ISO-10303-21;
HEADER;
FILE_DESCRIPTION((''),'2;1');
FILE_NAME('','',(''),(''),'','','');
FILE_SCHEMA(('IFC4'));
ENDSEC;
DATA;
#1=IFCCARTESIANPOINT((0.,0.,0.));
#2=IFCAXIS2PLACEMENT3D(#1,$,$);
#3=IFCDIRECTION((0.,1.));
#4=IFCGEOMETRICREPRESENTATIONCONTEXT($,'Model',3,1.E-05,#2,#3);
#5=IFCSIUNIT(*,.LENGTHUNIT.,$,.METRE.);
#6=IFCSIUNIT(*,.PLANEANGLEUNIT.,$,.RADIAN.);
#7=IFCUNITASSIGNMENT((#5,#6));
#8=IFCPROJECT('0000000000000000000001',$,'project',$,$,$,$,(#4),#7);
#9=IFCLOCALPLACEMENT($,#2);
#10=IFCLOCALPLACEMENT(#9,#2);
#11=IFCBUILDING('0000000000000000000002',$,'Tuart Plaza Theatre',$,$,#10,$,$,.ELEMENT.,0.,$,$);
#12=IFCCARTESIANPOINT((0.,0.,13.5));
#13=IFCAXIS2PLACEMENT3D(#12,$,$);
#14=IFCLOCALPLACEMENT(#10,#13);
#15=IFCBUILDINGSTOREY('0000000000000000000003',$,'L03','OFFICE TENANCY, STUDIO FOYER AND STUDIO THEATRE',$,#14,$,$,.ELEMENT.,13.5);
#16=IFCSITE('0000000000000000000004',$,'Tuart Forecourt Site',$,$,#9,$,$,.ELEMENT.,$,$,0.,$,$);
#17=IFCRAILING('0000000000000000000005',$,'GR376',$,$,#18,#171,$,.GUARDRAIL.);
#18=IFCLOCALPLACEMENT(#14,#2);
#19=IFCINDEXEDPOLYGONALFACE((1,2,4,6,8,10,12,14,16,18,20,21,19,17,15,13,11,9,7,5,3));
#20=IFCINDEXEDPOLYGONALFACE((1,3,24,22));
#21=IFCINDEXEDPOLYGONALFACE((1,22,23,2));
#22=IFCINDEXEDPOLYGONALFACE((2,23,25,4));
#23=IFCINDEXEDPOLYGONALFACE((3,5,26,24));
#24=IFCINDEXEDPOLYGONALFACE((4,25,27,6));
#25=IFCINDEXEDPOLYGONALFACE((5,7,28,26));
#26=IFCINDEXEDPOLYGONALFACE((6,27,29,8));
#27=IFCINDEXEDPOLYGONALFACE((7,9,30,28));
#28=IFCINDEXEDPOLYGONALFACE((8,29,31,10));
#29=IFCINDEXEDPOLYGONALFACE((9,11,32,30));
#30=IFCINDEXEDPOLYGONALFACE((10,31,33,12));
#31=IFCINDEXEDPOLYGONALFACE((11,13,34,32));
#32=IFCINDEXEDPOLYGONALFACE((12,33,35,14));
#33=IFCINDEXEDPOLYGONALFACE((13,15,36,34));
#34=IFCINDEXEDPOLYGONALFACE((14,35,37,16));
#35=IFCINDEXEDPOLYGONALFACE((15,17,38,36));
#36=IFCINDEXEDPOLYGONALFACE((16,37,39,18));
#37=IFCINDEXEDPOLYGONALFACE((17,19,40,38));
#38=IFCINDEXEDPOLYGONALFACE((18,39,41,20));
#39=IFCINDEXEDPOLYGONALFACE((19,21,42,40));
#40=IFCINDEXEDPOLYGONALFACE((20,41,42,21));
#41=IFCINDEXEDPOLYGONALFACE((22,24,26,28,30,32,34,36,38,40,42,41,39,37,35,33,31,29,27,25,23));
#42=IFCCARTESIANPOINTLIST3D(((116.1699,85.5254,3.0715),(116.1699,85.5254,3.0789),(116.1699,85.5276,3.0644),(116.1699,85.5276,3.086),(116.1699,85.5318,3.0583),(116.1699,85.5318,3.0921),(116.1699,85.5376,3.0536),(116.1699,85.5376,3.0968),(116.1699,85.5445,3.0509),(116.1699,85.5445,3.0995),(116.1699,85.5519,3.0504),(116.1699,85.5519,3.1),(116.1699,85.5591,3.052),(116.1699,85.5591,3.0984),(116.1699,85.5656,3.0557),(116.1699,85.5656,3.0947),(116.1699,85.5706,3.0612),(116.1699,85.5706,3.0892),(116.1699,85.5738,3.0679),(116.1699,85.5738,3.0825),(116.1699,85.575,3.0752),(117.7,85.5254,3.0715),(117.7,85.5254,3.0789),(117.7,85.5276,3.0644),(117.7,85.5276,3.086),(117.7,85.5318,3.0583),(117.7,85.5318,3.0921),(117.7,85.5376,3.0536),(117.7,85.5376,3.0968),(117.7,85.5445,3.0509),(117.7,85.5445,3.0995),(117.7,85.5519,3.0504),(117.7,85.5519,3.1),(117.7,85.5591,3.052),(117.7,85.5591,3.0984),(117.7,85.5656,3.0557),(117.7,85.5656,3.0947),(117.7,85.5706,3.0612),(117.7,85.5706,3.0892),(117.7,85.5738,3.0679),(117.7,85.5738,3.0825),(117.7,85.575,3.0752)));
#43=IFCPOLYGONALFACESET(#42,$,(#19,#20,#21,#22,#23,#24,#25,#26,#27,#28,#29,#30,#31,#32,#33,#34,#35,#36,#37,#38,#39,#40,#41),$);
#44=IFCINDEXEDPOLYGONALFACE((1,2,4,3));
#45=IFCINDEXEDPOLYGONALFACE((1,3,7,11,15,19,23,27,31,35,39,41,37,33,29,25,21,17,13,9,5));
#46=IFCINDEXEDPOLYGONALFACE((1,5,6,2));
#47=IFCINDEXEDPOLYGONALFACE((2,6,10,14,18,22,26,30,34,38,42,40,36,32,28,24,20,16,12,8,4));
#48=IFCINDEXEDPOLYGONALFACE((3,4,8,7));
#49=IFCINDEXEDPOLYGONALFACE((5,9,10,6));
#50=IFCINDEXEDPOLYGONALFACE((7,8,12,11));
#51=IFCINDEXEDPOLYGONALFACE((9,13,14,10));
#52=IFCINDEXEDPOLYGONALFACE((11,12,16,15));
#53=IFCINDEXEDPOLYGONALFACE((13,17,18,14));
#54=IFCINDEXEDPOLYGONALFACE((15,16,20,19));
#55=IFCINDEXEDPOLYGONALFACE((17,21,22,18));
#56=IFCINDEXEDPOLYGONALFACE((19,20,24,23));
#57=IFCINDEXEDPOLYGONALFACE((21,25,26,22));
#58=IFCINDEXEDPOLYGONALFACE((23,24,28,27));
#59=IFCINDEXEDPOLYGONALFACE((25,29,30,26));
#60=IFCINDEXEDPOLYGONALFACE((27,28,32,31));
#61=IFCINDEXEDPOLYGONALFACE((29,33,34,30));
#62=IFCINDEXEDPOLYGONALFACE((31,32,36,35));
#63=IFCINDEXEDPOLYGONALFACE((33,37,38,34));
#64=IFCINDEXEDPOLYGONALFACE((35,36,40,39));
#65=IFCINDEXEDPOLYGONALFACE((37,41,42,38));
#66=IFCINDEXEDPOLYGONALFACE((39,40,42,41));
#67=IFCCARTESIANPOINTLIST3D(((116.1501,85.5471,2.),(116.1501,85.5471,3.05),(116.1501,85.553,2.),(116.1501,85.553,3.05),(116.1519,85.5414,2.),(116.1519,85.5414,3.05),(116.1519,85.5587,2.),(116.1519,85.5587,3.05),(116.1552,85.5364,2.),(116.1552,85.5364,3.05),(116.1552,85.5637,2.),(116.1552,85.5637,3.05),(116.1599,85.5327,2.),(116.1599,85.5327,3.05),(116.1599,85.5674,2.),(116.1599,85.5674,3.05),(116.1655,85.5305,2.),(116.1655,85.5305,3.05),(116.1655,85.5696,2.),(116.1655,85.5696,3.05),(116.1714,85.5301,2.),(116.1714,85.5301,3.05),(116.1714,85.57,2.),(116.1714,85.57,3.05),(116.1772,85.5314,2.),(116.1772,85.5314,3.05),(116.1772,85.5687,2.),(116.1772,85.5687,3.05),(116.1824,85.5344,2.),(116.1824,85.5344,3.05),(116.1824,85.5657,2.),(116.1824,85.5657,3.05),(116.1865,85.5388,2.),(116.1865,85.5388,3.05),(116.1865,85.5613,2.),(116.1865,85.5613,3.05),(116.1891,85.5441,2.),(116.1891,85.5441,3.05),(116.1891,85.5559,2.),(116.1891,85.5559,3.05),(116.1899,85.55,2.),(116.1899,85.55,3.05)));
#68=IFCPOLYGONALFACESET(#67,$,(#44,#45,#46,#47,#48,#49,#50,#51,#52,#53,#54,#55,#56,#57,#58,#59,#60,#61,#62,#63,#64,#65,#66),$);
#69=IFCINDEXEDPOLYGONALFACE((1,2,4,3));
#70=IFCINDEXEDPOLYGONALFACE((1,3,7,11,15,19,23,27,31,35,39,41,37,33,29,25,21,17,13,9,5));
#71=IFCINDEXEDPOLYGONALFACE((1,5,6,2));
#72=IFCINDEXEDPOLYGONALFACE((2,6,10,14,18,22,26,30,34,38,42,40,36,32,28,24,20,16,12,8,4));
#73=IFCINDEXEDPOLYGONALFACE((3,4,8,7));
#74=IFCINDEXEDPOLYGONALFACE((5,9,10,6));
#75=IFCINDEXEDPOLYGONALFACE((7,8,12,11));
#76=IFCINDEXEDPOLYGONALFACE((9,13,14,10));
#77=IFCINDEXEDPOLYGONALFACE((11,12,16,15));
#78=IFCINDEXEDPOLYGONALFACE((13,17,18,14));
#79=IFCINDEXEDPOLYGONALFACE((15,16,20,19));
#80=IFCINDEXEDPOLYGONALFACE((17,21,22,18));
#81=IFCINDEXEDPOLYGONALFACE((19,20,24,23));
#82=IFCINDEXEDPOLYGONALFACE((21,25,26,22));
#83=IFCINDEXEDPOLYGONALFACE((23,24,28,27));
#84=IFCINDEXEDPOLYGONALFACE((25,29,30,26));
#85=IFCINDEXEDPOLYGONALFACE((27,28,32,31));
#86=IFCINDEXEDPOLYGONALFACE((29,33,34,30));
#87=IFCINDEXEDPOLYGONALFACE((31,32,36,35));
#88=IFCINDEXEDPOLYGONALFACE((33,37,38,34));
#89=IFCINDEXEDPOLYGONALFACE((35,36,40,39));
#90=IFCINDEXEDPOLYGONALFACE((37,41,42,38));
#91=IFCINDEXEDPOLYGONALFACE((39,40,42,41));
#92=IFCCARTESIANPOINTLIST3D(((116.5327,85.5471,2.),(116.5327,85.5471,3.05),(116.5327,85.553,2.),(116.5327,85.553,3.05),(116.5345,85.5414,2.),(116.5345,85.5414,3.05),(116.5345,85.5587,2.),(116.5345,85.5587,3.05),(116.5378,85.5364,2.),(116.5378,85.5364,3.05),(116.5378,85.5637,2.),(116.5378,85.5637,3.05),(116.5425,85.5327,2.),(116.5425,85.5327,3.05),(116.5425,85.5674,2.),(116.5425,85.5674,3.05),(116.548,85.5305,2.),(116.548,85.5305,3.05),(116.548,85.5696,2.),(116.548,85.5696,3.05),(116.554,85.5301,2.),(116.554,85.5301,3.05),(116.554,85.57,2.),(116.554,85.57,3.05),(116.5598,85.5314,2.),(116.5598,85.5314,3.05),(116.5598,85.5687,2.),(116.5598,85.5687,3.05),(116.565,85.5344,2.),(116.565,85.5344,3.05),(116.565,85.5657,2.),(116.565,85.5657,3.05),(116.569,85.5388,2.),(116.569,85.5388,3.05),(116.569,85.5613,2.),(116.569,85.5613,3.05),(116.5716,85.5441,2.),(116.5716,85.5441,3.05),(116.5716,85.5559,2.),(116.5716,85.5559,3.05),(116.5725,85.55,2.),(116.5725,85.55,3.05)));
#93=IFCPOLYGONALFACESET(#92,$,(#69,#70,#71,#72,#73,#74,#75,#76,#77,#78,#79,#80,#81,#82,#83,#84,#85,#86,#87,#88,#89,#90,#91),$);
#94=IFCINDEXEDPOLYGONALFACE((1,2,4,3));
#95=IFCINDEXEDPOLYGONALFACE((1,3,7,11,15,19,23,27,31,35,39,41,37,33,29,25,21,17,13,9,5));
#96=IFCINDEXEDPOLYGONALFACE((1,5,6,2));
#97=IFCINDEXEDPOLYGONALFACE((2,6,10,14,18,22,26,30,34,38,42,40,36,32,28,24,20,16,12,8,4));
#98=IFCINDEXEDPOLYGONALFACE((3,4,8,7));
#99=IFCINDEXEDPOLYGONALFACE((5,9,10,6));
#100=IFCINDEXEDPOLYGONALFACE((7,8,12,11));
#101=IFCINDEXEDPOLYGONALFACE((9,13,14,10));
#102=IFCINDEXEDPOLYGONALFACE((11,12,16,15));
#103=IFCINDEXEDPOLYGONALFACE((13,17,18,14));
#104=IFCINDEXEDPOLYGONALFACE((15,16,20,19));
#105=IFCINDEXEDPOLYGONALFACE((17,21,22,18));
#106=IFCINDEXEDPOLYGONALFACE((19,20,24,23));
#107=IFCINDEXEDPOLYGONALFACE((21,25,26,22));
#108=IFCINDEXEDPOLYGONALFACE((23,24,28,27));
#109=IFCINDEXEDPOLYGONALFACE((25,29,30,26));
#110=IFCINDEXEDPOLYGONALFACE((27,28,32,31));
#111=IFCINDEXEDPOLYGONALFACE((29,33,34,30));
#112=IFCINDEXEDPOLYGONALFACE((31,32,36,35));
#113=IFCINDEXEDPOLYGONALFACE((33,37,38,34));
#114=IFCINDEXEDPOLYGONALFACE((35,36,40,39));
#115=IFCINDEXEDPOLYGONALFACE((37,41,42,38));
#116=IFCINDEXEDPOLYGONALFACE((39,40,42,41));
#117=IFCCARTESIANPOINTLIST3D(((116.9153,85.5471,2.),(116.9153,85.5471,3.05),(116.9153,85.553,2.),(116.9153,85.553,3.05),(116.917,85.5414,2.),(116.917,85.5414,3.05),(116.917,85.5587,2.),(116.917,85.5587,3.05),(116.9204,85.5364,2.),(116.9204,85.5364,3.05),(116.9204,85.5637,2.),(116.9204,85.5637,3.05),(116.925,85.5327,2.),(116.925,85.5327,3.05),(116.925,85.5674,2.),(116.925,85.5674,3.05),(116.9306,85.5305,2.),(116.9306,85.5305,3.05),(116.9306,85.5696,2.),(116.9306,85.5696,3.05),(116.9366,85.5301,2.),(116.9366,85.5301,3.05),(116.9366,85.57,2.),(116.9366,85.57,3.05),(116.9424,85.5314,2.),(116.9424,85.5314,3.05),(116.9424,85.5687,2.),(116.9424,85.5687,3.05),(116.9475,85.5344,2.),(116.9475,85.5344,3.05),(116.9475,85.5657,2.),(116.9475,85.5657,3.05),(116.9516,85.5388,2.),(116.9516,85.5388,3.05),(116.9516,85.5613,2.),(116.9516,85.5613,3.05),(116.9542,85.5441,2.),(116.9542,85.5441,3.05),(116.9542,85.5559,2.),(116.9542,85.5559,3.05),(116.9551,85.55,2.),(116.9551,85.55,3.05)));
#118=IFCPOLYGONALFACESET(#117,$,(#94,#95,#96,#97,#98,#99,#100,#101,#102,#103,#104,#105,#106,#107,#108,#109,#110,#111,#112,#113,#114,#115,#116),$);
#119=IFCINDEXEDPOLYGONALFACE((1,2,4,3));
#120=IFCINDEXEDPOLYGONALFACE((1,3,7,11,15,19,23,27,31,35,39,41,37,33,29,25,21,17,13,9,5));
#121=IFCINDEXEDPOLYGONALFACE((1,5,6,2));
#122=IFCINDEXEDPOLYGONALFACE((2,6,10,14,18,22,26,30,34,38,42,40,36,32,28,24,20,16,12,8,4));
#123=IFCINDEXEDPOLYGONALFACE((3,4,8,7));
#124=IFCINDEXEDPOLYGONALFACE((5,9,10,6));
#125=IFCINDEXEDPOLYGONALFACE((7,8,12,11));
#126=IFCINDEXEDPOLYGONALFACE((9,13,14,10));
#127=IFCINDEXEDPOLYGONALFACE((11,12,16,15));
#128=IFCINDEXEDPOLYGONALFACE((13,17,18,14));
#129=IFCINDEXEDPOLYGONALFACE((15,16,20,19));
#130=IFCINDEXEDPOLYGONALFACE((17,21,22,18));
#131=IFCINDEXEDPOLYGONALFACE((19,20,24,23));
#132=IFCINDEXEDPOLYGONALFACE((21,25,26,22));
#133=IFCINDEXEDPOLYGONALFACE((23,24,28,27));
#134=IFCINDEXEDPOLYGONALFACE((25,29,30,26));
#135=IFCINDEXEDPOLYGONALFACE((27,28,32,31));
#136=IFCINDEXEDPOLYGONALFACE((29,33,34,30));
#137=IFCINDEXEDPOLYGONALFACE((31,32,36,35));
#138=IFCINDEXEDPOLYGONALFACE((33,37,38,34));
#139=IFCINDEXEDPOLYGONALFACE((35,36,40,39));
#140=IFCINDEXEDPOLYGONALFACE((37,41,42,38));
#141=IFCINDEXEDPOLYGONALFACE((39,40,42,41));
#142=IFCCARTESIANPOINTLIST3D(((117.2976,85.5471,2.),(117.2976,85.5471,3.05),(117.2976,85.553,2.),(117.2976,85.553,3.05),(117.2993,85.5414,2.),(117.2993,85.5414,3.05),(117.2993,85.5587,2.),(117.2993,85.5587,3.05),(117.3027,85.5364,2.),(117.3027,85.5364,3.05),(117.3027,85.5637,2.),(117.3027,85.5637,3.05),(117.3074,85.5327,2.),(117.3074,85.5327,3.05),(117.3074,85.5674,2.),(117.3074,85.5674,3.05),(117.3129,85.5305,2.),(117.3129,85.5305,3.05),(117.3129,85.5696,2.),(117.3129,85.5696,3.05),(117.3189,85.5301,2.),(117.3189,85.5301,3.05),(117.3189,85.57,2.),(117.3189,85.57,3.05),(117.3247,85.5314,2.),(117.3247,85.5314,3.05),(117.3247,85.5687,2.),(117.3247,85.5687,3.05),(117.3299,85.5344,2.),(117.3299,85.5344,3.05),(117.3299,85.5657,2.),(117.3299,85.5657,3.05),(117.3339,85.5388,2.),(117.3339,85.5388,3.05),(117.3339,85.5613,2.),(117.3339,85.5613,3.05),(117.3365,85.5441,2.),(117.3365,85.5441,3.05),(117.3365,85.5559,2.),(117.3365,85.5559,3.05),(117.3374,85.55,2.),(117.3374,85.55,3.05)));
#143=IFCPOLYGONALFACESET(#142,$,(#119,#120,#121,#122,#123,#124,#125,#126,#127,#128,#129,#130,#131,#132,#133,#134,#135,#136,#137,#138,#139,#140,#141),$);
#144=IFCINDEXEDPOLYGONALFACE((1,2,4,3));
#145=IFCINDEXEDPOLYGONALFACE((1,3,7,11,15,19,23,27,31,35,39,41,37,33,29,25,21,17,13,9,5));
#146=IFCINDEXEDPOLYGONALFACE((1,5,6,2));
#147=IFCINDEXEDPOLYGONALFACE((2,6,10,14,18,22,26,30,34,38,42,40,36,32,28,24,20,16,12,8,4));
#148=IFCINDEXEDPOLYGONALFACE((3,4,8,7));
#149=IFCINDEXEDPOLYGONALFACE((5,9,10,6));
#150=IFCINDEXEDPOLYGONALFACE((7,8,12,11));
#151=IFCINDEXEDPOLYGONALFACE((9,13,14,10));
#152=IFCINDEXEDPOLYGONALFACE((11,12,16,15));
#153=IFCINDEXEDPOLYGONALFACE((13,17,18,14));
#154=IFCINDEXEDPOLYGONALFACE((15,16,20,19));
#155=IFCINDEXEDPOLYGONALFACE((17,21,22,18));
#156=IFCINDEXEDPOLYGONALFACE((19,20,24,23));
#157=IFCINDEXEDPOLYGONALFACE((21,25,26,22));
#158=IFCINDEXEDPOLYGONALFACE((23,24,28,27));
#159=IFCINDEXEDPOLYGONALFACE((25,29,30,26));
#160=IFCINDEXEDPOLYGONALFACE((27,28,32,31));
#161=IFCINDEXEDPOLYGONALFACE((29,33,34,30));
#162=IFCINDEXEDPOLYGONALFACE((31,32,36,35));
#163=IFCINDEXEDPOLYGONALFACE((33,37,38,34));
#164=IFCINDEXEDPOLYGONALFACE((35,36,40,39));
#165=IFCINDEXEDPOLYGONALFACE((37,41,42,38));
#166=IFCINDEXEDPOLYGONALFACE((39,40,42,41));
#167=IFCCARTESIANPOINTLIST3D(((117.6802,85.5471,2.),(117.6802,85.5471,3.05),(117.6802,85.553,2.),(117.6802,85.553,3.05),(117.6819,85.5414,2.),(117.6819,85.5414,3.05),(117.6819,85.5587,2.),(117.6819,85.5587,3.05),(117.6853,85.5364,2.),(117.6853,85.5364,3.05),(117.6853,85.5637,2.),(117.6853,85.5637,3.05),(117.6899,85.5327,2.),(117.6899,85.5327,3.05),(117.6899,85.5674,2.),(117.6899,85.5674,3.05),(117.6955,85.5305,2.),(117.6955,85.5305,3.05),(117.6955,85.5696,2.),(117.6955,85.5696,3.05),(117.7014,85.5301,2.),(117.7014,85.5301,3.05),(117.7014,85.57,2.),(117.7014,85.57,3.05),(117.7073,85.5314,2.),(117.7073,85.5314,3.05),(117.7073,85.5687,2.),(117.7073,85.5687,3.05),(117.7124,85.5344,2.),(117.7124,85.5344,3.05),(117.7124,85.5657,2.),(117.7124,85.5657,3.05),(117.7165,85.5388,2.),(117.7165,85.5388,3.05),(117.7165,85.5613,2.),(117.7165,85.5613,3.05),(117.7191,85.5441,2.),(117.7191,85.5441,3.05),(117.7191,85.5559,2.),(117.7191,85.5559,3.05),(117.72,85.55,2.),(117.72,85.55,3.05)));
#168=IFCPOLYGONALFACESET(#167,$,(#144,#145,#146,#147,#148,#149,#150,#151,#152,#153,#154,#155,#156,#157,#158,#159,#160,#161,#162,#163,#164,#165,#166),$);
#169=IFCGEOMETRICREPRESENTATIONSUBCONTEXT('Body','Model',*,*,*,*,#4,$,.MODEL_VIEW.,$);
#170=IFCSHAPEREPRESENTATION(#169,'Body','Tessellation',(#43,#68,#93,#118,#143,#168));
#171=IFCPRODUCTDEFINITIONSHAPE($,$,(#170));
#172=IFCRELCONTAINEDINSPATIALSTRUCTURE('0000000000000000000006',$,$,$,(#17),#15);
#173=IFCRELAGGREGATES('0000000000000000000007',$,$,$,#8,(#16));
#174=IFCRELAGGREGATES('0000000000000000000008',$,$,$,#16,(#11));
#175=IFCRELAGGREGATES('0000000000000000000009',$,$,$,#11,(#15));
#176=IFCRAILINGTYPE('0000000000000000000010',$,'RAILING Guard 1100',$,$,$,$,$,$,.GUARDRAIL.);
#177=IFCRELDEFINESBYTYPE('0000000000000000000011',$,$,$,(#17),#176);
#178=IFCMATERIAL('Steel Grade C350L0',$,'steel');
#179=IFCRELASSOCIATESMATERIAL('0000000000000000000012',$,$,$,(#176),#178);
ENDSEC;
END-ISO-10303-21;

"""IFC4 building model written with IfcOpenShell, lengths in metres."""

from ifc_helpers import new_model, si_unit, direction, frame, origin, origin_2d, place, context, subcontext, project, spatial, circle, extrude, material, type_object, element, save


model = new_model("IFC4")

# Units and contexts
model_context = context("Model", 3, precision=1e-05, world=origin(), true_north=direction((0.0, 1.0)))
body_context = subcontext(model_context, "Body", "Model", "MODEL_VIEW")
ifc_project = project(units=[si_unit("LENGTHUNIT", "METRE"), si_unit("PLANEANGLEUNIT", "RADIAN")], contexts=[model_context])

# Site, building, storey
site_placement = place(None, origin())
site = spatial("IfcSite", under=ifc_project, at=site_placement, Name="Tuart Forecourt Site", CompositionType="ELEMENT", RefElevation=0.0)
building_placement = place(site_placement, origin())
building = spatial("IfcBuilding", under=site, at=building_placement, Name="Tuart Plaza Theatre", CompositionType="ELEMENT", ElevationOfRefHeight=0.0)
storey_placement = place(building_placement, frame((0.0, 0.0, 13.5)))
storey = spatial("IfcBuildingStorey", under=building, at=storey_placement, Name="L03", Description="OFFICE TENANCY, STUDIO FOYER AND STUDIO THEATRE", CompositionType="ELEMENT", Elevation=13.5)

# Railing
ifc_material_1 = material(Name="Steel Grade C350L0", Category="steel")
railing_type_1 = type_object("IfcRailingType", Name="RAILING Guard 1100", PredefinedType="GUARDRAIL", material=ifc_material_1)
railing_1_placement = place(storey_placement, frame((116.1699, 85.55, 2.0)))
element("IfcRailing", 1, at=railing_1_placement, inside=storey, type_object=railing_type_1, Name="GR376", PredefinedType="GUARDRAIL", context=body_context, shape_type="SweptSolid", body=[
    extrude(circle(Radius=0.0249, at=origin_2d()), frame((0.0, 0.0, 1.0752), z_axis=(1.0, 0.0, 0.0), x_axis=(0.0, 1.0, 0.0)), (0.0, 0.0, 1.0), 1.53),
    extrude(circle(Radius=0.02, at=origin_2d()), origin(), (0.0, 0.0, 1.0), 1.05),
    extrude(circle(Radius=0.02, at=origin_2d()), frame((0.3826, 0.0, 0.0)), (0.0, 0.0, 1.0), 1.05),
    extrude(circle(Radius=0.02, at=origin_2d()), frame((0.7651, 0.0, 0.0)), (0.0, 0.0, 1.0), 1.05),
    extrude(circle(Radius=0.02, at=origin_2d()), frame((1.1475, 0.0, 0.0)), (0.0, 0.0, 1.0), 1.05),
    extrude(circle(Radius=0.02, at=origin_2d()), frame((1.53, 0.0, 0.0)), (0.0, 0.0, 1.0), 1.05),
])

save(model, "model.ifc")
